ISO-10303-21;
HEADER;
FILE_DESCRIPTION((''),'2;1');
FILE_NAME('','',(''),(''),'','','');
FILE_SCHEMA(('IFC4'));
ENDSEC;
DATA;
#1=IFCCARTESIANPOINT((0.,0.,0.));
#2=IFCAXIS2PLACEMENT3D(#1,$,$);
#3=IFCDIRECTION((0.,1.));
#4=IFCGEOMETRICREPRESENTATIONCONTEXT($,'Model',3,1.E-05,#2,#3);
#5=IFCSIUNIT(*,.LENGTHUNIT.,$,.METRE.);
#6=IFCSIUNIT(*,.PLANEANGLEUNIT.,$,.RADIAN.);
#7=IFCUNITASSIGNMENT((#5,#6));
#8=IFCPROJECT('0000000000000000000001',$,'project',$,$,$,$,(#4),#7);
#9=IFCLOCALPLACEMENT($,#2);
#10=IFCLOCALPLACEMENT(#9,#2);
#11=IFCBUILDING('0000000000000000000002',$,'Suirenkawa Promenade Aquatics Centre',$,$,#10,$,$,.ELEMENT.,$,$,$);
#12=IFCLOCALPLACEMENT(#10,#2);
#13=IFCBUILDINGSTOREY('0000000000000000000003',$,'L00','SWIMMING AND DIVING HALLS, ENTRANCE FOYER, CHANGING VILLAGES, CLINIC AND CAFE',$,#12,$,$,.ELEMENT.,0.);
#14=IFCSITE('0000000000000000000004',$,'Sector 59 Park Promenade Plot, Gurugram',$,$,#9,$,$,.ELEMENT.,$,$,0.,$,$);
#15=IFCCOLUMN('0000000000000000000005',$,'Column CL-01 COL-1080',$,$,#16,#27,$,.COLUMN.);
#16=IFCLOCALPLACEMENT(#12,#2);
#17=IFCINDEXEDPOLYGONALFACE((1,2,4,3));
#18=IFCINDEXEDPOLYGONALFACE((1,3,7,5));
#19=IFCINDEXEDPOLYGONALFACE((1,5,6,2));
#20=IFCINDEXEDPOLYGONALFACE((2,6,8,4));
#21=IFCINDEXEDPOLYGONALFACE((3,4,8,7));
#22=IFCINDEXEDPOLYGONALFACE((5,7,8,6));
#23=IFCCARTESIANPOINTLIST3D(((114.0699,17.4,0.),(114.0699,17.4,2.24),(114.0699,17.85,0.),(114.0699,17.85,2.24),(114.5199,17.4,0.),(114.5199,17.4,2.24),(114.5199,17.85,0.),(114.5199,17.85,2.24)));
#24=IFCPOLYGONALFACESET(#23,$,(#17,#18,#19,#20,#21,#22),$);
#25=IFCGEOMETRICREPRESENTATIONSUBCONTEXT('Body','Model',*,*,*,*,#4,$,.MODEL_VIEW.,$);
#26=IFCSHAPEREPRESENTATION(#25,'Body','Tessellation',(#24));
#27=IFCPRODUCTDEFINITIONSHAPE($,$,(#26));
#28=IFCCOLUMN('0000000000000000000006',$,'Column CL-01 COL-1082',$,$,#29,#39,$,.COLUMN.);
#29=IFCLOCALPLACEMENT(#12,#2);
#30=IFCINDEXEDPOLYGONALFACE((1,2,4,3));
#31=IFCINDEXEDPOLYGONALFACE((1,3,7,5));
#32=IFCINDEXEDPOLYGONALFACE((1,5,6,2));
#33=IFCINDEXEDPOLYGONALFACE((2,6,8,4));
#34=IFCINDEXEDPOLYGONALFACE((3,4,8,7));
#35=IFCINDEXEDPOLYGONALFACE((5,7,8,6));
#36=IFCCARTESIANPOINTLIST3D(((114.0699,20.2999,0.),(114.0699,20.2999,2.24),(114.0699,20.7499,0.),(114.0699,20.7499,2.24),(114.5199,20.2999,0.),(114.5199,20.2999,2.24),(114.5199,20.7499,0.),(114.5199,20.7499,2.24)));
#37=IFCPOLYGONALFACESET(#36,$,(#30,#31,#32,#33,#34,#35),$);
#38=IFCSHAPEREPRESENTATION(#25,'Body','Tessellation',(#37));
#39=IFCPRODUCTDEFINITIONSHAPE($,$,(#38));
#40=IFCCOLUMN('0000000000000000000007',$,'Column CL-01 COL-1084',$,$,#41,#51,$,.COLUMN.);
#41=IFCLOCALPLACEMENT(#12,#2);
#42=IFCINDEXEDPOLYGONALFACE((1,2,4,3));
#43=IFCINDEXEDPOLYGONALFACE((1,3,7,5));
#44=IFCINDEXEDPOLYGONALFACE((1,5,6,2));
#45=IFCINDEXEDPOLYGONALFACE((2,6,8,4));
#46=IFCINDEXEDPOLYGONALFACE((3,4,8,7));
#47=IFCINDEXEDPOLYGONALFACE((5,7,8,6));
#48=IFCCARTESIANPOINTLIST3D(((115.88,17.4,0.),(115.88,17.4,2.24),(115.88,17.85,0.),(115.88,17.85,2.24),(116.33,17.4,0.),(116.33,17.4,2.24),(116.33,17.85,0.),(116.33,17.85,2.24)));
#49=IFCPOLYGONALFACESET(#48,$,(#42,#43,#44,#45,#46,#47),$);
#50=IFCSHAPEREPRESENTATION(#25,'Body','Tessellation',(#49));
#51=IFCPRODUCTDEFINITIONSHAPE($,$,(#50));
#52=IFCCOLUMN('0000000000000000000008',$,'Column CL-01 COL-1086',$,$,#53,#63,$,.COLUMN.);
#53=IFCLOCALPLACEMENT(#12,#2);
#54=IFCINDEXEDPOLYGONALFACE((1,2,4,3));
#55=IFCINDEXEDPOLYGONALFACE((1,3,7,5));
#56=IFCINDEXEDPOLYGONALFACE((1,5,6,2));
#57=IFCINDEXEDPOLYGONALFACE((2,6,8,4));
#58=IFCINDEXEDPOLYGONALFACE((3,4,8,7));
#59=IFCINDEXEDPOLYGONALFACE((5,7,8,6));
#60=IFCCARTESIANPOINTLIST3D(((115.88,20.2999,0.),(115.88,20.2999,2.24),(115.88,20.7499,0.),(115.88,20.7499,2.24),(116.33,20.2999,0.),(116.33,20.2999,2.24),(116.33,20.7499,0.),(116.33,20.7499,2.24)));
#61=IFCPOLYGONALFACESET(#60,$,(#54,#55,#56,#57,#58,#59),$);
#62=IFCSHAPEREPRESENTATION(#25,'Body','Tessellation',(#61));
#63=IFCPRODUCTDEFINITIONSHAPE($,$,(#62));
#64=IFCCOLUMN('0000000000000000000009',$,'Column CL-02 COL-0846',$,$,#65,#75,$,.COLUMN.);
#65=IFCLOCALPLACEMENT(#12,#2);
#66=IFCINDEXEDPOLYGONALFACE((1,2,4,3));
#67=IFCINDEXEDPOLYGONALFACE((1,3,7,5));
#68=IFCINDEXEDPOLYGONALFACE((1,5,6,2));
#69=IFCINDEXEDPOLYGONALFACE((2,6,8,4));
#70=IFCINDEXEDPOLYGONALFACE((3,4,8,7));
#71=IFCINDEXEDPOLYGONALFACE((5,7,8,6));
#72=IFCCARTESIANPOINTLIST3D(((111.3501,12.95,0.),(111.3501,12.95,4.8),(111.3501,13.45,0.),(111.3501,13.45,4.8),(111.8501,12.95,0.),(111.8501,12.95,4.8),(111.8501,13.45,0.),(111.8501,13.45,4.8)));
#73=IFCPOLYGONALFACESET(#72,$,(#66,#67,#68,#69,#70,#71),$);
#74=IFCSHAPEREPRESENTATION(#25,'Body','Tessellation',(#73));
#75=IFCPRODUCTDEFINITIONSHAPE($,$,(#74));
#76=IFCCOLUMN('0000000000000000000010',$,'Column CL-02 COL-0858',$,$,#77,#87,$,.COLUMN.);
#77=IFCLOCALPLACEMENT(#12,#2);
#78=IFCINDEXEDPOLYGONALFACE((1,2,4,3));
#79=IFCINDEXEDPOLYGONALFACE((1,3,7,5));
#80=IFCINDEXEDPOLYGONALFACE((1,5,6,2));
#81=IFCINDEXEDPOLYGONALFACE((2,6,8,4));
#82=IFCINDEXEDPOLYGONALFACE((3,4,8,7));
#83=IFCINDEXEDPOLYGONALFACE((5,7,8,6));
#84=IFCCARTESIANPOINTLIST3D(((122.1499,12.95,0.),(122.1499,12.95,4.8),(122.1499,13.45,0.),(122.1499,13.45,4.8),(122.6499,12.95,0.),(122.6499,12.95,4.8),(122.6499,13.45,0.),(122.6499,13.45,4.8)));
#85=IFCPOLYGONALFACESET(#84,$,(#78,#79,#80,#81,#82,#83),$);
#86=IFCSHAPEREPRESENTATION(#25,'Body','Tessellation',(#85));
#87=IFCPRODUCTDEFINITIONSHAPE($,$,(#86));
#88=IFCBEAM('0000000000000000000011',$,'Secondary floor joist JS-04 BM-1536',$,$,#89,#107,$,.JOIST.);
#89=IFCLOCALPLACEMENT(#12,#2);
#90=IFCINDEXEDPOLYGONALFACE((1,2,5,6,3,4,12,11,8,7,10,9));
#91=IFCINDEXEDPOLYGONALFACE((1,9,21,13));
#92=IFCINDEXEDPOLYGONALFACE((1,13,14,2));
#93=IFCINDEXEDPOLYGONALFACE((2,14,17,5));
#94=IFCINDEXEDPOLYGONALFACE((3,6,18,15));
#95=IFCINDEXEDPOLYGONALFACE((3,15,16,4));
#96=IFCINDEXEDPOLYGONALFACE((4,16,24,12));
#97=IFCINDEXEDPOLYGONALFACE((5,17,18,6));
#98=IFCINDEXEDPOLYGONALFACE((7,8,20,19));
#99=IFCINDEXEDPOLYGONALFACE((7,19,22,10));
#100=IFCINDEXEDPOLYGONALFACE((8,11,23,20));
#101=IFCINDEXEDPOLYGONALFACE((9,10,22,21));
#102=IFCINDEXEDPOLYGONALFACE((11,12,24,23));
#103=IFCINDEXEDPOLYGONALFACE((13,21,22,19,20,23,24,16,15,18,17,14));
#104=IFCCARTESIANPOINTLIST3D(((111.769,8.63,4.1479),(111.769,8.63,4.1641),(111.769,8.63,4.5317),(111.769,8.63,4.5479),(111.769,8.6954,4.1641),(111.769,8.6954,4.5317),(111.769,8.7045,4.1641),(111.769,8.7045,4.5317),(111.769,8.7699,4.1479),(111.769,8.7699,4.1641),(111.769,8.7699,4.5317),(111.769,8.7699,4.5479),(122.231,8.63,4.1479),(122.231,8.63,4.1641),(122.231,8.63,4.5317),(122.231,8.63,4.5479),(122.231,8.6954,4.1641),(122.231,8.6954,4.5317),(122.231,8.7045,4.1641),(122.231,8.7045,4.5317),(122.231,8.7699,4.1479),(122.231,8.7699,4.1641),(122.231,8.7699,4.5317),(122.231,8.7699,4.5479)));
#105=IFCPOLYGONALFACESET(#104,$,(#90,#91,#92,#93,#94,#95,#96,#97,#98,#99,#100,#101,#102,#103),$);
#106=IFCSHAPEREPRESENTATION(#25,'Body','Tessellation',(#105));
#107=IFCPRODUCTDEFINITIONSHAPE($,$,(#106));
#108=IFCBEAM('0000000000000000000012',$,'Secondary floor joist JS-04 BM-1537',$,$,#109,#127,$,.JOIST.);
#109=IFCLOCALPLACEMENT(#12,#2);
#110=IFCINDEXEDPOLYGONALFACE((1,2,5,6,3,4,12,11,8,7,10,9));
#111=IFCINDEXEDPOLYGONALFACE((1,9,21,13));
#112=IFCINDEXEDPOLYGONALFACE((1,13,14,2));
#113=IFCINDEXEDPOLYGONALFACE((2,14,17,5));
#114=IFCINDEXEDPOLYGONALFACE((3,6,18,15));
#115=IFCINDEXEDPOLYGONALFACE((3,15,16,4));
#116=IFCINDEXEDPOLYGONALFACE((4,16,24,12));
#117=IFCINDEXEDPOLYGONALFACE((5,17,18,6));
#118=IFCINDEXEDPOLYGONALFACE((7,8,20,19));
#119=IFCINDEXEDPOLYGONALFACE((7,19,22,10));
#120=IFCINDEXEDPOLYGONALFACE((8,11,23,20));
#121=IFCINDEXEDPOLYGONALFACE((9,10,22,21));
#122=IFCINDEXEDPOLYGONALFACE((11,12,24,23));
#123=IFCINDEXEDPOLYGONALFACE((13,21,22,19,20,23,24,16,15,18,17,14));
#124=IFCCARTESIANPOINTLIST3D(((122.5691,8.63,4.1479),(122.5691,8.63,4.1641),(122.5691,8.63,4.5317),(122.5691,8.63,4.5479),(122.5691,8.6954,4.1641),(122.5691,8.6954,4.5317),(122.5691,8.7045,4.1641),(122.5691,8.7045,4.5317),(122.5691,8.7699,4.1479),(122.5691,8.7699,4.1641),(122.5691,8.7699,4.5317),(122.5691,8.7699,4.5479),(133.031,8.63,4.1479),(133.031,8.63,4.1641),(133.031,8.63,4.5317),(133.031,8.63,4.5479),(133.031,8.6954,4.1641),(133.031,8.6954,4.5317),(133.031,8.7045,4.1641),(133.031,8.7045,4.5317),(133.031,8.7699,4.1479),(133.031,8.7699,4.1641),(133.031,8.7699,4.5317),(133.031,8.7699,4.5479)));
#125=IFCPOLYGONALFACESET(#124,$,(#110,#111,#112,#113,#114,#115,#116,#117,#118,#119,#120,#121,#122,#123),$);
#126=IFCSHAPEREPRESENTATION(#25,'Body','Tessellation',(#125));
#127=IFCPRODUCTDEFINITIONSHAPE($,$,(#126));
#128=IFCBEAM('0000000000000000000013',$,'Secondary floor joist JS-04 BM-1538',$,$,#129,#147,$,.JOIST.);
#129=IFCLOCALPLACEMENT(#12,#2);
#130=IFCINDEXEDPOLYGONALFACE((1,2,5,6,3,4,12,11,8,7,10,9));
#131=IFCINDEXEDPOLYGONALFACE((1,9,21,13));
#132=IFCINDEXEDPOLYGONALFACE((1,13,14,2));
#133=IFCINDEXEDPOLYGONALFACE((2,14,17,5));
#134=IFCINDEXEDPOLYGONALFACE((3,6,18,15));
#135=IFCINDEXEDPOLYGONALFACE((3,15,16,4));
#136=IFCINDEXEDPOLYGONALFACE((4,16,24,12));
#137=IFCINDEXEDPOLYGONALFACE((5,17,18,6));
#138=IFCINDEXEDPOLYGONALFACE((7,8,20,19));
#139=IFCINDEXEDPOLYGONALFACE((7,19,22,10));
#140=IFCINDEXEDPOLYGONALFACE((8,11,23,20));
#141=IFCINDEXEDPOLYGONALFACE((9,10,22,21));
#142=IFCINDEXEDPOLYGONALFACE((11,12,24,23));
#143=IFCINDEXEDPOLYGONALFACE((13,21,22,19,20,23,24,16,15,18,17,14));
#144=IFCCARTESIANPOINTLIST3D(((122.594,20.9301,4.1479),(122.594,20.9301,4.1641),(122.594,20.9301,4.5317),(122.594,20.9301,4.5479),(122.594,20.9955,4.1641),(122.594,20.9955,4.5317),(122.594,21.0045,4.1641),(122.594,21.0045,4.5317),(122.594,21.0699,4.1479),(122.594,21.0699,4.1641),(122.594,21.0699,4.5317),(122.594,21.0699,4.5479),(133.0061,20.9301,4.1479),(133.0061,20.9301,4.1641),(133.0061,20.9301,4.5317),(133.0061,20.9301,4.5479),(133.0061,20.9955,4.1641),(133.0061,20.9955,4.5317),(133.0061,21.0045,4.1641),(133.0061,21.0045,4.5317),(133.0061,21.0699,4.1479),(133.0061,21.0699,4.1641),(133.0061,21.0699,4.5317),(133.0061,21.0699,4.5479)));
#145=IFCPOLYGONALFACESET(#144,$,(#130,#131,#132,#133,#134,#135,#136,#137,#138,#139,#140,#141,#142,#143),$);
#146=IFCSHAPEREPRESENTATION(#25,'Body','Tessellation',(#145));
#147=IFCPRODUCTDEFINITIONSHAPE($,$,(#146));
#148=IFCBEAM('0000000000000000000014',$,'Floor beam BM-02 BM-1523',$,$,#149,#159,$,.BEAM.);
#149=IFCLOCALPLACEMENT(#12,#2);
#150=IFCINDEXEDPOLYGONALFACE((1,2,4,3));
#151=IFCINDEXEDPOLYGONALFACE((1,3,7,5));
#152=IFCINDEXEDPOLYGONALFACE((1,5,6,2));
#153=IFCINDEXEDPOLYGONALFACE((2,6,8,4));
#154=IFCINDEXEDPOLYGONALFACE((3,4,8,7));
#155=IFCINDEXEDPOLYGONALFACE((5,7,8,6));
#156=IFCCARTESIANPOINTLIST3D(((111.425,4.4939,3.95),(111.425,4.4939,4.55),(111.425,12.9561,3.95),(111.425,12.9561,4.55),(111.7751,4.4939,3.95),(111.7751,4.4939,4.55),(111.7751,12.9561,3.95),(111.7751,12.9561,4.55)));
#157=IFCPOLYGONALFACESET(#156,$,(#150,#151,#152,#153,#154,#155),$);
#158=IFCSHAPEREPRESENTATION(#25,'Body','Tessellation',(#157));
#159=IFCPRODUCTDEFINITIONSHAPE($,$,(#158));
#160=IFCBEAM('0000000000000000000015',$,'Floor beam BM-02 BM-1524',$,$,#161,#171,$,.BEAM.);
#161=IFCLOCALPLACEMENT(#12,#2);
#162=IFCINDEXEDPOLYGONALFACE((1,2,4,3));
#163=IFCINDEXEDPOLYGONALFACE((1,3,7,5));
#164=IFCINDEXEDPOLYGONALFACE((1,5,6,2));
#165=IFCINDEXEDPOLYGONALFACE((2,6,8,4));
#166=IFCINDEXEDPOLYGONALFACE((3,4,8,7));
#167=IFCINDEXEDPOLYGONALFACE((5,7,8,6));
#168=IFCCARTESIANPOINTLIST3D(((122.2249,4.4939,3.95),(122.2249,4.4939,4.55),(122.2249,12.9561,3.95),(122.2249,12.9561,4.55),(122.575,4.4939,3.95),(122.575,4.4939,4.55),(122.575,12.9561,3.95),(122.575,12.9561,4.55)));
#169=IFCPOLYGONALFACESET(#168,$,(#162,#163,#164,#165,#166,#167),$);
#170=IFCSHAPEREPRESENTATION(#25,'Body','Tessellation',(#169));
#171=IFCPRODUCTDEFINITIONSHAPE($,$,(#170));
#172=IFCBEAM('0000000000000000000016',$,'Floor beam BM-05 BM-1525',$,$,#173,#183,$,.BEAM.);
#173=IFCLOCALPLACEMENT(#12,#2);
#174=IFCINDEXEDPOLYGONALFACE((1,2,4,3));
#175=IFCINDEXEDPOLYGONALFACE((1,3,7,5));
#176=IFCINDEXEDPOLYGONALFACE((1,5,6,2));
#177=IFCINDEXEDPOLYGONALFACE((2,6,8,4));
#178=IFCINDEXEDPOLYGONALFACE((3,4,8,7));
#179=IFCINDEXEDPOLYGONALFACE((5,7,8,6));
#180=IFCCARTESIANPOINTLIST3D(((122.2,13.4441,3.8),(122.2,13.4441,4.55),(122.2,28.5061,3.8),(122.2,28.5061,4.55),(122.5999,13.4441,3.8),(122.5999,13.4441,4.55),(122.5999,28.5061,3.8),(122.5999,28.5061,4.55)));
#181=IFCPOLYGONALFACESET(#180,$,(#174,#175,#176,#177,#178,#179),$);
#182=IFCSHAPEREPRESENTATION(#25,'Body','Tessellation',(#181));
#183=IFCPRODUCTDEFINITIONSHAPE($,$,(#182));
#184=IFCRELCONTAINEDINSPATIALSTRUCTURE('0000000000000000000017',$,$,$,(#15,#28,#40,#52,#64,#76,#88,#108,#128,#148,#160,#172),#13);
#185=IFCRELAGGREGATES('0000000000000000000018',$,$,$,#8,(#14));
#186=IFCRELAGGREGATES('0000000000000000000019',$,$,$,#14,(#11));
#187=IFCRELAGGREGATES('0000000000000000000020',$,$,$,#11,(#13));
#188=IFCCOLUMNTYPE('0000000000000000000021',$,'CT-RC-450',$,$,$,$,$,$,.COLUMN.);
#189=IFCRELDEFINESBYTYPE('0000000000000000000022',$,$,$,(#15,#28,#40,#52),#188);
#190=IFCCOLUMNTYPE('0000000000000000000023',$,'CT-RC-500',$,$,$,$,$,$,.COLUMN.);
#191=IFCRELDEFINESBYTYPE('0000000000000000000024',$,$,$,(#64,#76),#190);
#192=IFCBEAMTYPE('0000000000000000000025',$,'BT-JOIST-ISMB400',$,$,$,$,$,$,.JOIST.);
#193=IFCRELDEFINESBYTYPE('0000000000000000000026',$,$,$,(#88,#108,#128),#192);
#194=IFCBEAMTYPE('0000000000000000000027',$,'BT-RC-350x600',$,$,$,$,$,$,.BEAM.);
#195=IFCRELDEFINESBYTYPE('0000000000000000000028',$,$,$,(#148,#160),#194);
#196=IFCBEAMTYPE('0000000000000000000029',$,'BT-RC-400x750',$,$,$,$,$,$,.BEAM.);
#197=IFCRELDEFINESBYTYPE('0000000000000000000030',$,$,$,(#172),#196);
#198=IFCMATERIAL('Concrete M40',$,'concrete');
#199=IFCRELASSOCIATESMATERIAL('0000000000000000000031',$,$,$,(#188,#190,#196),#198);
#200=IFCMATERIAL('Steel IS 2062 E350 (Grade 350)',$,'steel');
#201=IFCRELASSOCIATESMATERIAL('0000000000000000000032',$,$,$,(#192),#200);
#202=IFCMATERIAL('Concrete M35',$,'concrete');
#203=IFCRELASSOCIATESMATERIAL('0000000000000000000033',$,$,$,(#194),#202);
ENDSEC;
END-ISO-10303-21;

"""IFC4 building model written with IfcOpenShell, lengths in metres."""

from ifc_helpers import new_model, si_unit, direction, frame, origin, origin_2d, place, context, subcontext, project, spatial, rectangle, i_section, extrude, material, material_profile, profile_set, type_object, element, save


model = new_model("IFC4")

# Units and contexts
model_context = context("Model", 3, precision=1e-05, world=origin(), true_north=direction((0.0, 1.0)))
body_context = subcontext(model_context, "Body", "Model", "MODEL_VIEW")
ifc_project = project(units=[si_unit("LENGTHUNIT", "METRE"), si_unit("PLANEANGLEUNIT", "RADIAN")], contexts=[model_context])

# Site, building, storey
site_placement = place(None, origin())
site = spatial("IfcSite", under=ifc_project, at=site_placement, Name="Sector 59 Park Promenade Plot, Gurugram", CompositionType="ELEMENT", RefElevation=0.0)
building_placement = place(site_placement, origin())
building = spatial("IfcBuilding", under=site, at=building_placement, Name="Suirenkawa Promenade Aquatics Centre", CompositionType="ELEMENT")
storey_placement = place(building_placement, origin())
storey = spatial("IfcBuildingStorey", under=building, at=storey_placement, Name="L00", Description="SWIMMING AND DIVING HALLS, ENTRANCE FOYER, CHANGING VILLAGES, CLINIC AND CAFE", CompositionType="ELEMENT", Elevation=0.0)

# Columns
ifc_material_1 = material(Name="Concrete M40", Category="concrete")
ifc_material_profile_1 = material_profile(ifc_material_1, rectangle(XDim=0.45, YDim=0.45, at=origin_2d()), Name="RC COL 450x450", Category="concrete")
ifc_profile_set_1 = profile_set([ifc_material_profile_1], Name="Concrete M40")
column_type_1 = type_object("IfcColumnType", Name="CT-RC-450", PredefinedType="COLUMN", material=ifc_profile_set_1)
for number, where, z_axis, x_axis, name in (
    (1, (114.2949, 17.625, 0.0), (0.0, 0.0, 1.0), (1.0, 0.0, 0.0), "Column CL-01 COL-1080"),
    (2, (114.2949, 20.5249, 0.0), (0.0, 0.0, 1.0), (1.0, 0.0, 0.0), "Column CL-01 COL-1082"),
    (3, (116.105, 17.625, 0.0), (0.0, 0.0, 1.0), (1.0, 0.0, 0.0), "Column CL-01 COL-1084"),
    (4, (116.105, 20.5249, 0.0), (0.0, 0.0, 1.0), (1.0, 0.0, 0.0), "Column CL-01 COL-1086"),
):
    element("IfcColumn", number, at=place(storey_placement, frame(where, z_axis=z_axis, x_axis=x_axis)), inside=storey, type_object=column_type_1, Name=name, PredefinedType="COLUMN", context=body_context, shape_type="SweptSolid", body=[
        extrude(rectangle(XDim=0.45, YDim=0.45, at=origin_2d()), origin(), (0.0, 0.0, 1.0), 2.24),
    ])
ifc_material_profile_2 = material_profile(ifc_material_1, rectangle(XDim=0.5, YDim=0.5, at=origin_2d()), Name="RC COL 500x500", Category="concrete")
ifc_profile_set_2 = profile_set([ifc_material_profile_2], Name="Concrete M40")
column_type_2 = type_object("IfcColumnType", Name="CT-RC-500", PredefinedType="COLUMN", material=ifc_profile_set_2)
for number, where, z_axis, x_axis, name in (
    (5, (111.6001, 13.2, 0.0), (0.0, 0.0, 1.0), (1.0, 0.0, 0.0), "Column CL-02 COL-0846"),
    (6, (122.3999, 13.2, 0.0), (0.0, 0.0, 1.0), (1.0, 0.0, 0.0), "Column CL-02 COL-0858"),
):
    element("IfcColumn", number, at=place(storey_placement, frame(where, z_axis=z_axis, x_axis=x_axis)), inside=storey, type_object=column_type_2, Name=name, PredefinedType="COLUMN", context=body_context, shape_type="SweptSolid", body=[
        extrude(rectangle(XDim=0.5, YDim=0.5, at=origin_2d()), origin(), (0.0, 0.0, 1.0), 4.8),
    ])

# Beams
ifc_material_2 = material(Name="Steel IS 2062 E350 (Grade 350)", Category="steel")
ifc_material_profile_3 = material_profile(ifc_material_2, i_section(OverallWidth=0.1399, OverallDepth=0.3999, WebThickness=0.009, FlangeThickness=0.0161, at=origin_2d()), Name="ISMB 400", Category="steel")
ifc_profile_set_3 = profile_set([ifc_material_profile_3], Name="Steel IS 2062 E350 (Grade 350)")
beam_type_1 = type_object("IfcBeamType", Name="BT-JOIST-ISMB400", PredefinedType="JOIST", material=ifc_profile_set_3)
for number, where, z_axis, x_axis, name in (
    (7, (111.769, 8.7, 4.3479), (1.0, 0.0, 0.0), (0.0, 1.0, 0.0), "Secondary floor joist JS-04 BM-1536"),
    (8, (122.5691, 8.7, 4.3479), (1.0, 0.0, 0.0), (0.0, 1.0, 0.0), "Secondary floor joist JS-04 BM-1537"),
):
    element("IfcBeam", number, at=place(storey_placement, frame(where, z_axis=z_axis, x_axis=x_axis)), inside=storey, type_object=beam_type_1, Name=name, PredefinedType="JOIST", context=body_context, shape_type="SweptSolid", body=[
        extrude(i_section(OverallWidth=0.1399, OverallDepth=0.3999, WebThickness=0.009, FlangeThickness=0.0161, at=origin_2d()), origin(), (0.0, 0.0, 1.0), 10.4619),
    ])
beam_1_placement = place(storey_placement, frame((122.594, 21.0, 4.3479), z_axis=(1.0, 0.0, 0.0), x_axis=(0.0, 1.0, 0.0)))
element("IfcBeam", 9, at=beam_1_placement, inside=storey, type_object=beam_type_1, Name="Secondary floor joist JS-04 BM-1538", PredefinedType="JOIST", context=body_context, shape_type="SweptSolid", body=[
    extrude(i_section(OverallWidth=0.1399, OverallDepth=0.3999, WebThickness=0.009, FlangeThickness=0.0161, at=origin_2d()), origin(), (0.0, 0.0, 1.0), 10.4121),
])
ifc_material_3 = material(Name="Concrete M35", Category="concrete")
ifc_material_profile_4 = material_profile(ifc_material_3, rectangle(XDim=0.3501, YDim=0.6001, at=origin_2d()), Name="RC BM 350x600", Category="concrete")
ifc_profile_set_4 = profile_set([ifc_material_profile_4], Name="Concrete M35")
beam_type_2 = type_object("IfcBeamType", Name="BT-RC-350x600", PredefinedType="BEAM", material=ifc_profile_set_4)
for number, where, z_axis, x_axis, name in (
    (10, (111.6001, 4.4939, 4.25), (0.0, 1.0, 0.0), (-1.0, 0.0, 0.0), "Floor beam BM-02 BM-1523"),
    (11, (122.3999, 4.4939, 4.25), (0.0, 1.0, 0.0), (-1.0, 0.0, 0.0), "Floor beam BM-02 BM-1524"),
):
    element("IfcBeam", number, at=place(storey_placement, frame(where, z_axis=z_axis, x_axis=x_axis)), inside=storey, type_object=beam_type_2, Name=name, PredefinedType="BEAM", context=body_context, shape_type="SweptSolid", body=[
        extrude(rectangle(XDim=0.3501, YDim=0.6001, at=origin_2d()), origin(), (0.0, 0.0, 1.0), 8.4622),
    ])
ifc_material_profile_5 = material_profile(ifc_material_1, rectangle(XDim=0.3999, YDim=0.75, at=origin_2d()), Name="RC BM 400x750", Category="concrete")
ifc_profile_set_5 = profile_set([ifc_material_profile_5], Name="Concrete M40")
beam_type_3 = type_object("IfcBeamType", Name="BT-RC-400x750", PredefinedType="BEAM", material=ifc_profile_set_5)
beam_2_placement = place(storey_placement, frame((122.3999, 13.4441, 4.175), z_axis=(0.0, 1.0, 0.0), x_axis=(-1.0, 0.0, 0.0)))
element("IfcBeam", 12, at=beam_2_placement, inside=storey, type_object=beam_type_3, Name="Floor beam BM-05 BM-1525", PredefinedType="BEAM", context=body_context, shape_type="SweptSolid", body=[
    extrude(rectangle(XDim=0.3999, YDim=0.75, at=origin_2d()), origin(), (0.0, 0.0, 1.0), 15.062),
])

save(model, "model.ifc")
